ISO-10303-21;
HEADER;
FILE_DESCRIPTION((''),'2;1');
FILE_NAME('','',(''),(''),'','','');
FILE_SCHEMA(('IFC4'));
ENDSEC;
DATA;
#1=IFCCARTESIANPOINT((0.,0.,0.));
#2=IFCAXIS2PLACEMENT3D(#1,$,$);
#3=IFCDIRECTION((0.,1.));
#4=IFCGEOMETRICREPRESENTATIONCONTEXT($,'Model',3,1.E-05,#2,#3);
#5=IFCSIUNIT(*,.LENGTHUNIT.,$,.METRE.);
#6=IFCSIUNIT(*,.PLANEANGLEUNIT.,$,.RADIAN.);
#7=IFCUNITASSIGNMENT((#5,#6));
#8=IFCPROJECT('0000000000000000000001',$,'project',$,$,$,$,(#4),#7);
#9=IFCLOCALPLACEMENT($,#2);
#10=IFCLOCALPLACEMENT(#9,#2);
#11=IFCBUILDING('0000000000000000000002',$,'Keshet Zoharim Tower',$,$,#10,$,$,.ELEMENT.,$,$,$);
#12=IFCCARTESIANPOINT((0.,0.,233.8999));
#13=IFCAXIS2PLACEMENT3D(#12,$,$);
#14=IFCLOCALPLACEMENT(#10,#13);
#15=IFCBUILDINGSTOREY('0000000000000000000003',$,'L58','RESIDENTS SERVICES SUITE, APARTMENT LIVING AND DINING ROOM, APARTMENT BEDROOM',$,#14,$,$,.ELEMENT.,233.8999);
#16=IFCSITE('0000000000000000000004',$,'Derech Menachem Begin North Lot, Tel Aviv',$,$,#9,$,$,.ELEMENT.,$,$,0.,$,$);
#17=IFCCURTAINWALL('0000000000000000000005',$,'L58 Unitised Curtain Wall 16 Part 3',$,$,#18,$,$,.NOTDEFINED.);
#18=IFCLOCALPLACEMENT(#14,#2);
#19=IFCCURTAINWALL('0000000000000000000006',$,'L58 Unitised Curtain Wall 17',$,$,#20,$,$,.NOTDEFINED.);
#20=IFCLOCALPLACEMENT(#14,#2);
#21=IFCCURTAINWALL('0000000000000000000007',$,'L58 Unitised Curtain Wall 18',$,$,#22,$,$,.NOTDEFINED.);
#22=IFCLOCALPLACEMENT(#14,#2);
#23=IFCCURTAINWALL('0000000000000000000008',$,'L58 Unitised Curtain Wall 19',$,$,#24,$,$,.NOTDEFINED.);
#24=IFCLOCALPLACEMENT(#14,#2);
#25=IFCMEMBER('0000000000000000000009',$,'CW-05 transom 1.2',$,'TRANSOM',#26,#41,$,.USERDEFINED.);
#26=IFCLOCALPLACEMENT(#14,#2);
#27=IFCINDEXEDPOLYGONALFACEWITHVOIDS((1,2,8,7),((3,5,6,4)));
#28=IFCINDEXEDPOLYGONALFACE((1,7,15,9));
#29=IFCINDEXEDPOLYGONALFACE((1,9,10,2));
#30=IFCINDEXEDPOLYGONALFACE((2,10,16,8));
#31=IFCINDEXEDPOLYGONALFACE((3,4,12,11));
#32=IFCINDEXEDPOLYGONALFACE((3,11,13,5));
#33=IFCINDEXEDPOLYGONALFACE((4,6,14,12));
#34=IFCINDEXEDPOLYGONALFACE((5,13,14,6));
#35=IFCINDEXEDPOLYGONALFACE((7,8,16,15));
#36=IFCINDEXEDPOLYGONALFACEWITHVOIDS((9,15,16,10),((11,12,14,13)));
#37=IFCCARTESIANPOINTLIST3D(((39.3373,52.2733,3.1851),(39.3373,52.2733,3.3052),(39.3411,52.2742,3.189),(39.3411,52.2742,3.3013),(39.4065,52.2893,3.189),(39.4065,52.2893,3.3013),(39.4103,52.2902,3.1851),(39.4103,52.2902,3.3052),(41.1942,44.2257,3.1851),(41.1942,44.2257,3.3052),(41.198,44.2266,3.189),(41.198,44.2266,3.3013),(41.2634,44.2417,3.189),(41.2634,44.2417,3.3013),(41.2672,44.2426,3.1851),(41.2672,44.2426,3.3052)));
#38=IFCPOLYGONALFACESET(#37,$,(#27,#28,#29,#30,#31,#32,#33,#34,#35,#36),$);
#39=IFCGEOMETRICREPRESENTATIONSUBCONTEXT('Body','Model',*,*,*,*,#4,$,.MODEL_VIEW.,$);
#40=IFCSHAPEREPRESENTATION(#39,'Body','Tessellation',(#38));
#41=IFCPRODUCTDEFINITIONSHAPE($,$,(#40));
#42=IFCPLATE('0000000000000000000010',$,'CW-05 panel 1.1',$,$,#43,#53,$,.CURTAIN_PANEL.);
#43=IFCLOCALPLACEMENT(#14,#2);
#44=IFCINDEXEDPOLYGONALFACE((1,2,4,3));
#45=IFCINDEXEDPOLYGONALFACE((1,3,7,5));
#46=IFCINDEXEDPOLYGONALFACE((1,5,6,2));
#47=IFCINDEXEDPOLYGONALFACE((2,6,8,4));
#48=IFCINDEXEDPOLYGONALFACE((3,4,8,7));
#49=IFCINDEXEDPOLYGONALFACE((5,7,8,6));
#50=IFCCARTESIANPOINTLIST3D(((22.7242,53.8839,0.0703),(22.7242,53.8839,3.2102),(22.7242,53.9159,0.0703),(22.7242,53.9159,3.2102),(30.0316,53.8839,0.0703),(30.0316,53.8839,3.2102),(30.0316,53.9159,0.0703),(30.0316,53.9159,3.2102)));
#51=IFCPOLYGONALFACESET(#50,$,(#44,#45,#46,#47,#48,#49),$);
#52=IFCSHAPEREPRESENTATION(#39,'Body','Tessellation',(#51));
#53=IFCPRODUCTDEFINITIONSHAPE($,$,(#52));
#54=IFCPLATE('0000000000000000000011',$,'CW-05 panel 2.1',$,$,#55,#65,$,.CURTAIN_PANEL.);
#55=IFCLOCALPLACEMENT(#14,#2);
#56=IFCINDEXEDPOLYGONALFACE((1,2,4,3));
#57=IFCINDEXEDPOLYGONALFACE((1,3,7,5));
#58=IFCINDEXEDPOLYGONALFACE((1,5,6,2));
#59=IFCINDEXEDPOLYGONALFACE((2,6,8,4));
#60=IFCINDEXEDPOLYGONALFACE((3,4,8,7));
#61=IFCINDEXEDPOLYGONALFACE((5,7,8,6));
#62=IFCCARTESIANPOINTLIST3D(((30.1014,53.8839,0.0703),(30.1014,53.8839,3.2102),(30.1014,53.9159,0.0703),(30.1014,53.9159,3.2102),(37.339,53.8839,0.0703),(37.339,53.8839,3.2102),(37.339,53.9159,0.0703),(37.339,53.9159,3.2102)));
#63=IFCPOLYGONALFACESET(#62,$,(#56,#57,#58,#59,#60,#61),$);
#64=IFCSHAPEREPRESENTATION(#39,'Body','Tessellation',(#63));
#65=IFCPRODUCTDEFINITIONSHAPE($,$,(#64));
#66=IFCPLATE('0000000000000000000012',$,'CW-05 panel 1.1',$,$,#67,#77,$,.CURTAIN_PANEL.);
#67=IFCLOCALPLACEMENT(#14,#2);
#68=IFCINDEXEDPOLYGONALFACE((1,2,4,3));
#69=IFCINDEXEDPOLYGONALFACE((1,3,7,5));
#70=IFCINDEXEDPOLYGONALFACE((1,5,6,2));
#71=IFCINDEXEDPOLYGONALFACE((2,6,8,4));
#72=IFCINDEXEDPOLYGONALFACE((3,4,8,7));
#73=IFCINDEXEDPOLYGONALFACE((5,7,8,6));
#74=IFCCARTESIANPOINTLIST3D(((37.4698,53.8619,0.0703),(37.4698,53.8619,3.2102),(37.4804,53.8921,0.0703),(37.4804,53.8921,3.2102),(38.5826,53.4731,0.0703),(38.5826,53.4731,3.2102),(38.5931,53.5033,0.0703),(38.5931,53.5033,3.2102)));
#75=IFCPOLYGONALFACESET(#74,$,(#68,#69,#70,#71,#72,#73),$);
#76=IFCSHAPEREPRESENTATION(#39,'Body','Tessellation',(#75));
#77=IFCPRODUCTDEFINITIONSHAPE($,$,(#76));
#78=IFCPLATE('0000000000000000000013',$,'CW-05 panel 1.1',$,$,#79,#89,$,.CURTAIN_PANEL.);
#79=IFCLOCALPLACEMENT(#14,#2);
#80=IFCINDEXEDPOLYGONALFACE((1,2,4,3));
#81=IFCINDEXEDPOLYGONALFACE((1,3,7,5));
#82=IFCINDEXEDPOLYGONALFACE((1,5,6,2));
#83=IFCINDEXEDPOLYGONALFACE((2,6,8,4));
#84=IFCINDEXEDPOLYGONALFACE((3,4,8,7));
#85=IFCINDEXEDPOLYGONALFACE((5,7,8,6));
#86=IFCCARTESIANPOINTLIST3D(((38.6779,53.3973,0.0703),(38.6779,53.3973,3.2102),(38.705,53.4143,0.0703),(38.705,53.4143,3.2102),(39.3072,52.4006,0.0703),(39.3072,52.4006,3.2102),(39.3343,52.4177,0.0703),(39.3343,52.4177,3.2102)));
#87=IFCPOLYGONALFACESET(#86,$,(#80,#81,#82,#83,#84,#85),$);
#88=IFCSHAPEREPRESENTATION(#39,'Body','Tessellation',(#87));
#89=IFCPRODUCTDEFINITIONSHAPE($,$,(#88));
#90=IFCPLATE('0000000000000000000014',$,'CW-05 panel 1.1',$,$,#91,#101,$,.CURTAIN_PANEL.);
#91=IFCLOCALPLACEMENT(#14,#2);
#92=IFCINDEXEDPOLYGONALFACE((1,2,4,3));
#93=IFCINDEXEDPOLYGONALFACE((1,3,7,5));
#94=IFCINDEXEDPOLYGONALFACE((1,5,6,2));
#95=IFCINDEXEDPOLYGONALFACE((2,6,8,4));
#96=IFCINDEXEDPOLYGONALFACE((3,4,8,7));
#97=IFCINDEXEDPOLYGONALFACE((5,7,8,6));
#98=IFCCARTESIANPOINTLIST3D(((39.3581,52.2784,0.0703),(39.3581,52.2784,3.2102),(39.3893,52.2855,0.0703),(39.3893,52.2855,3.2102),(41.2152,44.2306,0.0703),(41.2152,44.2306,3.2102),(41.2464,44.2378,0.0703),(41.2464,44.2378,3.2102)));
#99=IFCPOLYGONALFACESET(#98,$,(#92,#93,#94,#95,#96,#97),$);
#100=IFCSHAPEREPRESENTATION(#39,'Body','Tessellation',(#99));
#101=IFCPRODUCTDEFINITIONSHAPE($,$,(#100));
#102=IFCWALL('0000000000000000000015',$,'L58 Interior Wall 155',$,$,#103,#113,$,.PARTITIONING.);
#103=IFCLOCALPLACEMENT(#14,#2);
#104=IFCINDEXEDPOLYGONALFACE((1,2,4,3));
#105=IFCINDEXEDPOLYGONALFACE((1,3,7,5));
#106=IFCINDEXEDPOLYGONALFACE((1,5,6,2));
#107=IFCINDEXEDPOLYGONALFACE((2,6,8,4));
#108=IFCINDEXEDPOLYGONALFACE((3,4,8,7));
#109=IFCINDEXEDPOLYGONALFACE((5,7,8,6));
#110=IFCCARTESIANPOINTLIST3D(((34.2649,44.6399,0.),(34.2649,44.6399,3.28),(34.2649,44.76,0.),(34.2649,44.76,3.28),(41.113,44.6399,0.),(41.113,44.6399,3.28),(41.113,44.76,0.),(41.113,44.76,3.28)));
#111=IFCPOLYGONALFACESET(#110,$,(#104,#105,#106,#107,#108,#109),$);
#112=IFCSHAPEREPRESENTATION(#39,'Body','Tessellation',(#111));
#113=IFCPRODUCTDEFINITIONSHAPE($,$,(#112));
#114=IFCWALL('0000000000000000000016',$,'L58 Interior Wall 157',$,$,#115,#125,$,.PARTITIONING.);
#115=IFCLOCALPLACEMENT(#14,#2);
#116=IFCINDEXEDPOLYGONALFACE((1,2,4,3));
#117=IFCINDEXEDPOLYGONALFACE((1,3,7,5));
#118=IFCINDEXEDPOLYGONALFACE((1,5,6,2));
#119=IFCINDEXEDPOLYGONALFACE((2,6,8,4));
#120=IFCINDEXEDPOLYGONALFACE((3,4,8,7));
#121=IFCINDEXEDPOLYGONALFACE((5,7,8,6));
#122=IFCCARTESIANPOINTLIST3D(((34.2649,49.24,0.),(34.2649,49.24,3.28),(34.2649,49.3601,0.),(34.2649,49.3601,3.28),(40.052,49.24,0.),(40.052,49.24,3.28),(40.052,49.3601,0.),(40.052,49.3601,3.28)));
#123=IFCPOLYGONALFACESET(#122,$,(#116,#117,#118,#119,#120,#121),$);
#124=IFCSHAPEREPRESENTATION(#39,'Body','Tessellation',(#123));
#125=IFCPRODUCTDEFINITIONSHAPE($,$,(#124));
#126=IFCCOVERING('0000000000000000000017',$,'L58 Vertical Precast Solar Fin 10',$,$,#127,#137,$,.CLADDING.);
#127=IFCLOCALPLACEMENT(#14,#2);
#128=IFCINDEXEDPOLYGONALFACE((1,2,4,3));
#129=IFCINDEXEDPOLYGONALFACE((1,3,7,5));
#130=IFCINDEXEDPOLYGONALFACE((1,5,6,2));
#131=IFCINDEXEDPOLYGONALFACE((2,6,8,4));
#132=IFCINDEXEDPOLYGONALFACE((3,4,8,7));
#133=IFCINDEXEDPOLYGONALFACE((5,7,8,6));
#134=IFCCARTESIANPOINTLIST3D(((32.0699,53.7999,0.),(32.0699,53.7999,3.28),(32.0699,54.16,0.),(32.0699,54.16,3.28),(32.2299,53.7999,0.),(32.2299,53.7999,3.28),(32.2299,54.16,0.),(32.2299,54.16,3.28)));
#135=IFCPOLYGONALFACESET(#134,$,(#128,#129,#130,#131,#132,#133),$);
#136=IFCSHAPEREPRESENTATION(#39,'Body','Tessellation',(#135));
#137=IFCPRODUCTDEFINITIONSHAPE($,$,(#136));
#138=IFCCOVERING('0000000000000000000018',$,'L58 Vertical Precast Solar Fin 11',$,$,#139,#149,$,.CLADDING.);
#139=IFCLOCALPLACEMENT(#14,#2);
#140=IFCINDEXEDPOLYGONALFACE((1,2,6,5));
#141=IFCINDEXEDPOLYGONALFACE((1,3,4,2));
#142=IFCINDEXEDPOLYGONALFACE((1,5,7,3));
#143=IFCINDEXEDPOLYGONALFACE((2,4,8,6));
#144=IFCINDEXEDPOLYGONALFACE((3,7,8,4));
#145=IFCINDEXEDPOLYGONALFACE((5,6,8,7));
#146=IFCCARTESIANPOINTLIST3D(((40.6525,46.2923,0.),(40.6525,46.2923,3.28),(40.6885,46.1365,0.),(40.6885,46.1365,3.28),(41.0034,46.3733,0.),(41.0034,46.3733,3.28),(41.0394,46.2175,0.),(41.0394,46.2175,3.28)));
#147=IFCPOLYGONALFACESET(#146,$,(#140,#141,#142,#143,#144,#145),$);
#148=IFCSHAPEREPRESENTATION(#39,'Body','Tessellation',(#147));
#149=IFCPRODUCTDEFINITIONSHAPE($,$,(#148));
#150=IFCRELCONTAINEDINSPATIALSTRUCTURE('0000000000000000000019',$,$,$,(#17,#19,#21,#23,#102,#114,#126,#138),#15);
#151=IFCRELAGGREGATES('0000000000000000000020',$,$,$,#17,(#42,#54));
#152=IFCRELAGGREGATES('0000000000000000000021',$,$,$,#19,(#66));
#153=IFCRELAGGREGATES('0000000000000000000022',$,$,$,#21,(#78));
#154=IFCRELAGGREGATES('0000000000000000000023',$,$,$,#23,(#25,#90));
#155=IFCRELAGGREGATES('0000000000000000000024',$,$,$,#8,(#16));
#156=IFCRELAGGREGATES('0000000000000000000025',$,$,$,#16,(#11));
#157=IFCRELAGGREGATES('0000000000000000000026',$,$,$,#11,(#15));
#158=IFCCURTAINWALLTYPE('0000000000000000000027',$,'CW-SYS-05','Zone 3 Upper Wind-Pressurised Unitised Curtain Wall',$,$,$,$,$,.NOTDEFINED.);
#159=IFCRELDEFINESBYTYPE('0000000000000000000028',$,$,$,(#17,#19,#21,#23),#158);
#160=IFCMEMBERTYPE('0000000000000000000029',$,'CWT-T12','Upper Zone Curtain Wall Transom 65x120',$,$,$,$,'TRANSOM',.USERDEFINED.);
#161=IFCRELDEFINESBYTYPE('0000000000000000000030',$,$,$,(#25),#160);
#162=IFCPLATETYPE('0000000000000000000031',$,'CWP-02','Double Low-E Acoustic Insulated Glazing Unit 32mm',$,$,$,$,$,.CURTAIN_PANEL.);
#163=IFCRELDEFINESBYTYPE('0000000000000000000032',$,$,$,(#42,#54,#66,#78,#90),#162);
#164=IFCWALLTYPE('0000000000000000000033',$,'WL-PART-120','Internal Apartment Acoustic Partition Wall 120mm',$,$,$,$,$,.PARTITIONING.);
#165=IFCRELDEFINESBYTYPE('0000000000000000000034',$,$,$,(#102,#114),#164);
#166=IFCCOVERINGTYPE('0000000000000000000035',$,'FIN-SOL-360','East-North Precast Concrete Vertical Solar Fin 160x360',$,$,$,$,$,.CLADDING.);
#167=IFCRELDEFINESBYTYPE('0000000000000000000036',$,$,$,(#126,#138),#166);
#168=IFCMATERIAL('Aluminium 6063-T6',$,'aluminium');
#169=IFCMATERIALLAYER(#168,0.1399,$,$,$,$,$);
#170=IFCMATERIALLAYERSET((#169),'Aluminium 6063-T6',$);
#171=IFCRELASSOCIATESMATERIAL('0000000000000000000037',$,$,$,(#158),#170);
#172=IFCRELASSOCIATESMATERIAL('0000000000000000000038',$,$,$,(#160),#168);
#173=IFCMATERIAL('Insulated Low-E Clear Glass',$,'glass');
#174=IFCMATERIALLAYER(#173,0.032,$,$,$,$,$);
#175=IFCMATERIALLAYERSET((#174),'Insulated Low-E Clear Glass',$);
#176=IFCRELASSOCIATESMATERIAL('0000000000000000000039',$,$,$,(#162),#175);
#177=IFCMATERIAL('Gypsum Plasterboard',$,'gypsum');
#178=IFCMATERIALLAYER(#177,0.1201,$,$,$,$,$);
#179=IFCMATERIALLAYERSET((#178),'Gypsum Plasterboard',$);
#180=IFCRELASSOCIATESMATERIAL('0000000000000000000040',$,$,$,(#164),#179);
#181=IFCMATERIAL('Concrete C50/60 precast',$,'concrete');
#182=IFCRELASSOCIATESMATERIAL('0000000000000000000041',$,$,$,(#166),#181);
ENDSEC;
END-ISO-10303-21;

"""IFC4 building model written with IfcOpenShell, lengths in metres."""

from ifc_helpers import new_model, si_unit, direction, frame, frame_2d, origin, origin_2d, place, context, subcontext, project, spatial, rectangle, hollow_rectangle, extrude, material, layer, layer_set, material_profile, profile_set, type_object, element, aggregate, save


model = new_model("IFC4")

# Units and contexts
model_context = context("Model", 3, precision=1e-05, world=origin(), true_north=direction((0.0, 1.0)))
body_context = subcontext(model_context, "Body", "Model", "MODEL_VIEW")
ifc_project = project(units=[si_unit("LENGTHUNIT", "METRE"), si_unit("PLANEANGLEUNIT", "RADIAN")], contexts=[model_context])

# Site, building, storey
site_placement = place(None, origin())
site = spatial("IfcSite", under=ifc_project, at=site_placement, Name="Derech Menachem Begin North Lot, Tel Aviv", CompositionType="ELEMENT", RefElevation=0.0)
building_placement = place(site_placement, origin())
building = spatial("IfcBuilding", under=site, at=building_placement, Name="Keshet Zoharim Tower", CompositionType="ELEMENT")
storey_placement = place(building_placement, frame((0.0, 0.0, 233.8999)))
storey = spatial("IfcBuildingStorey", under=building, at=storey_placement, Name="L58", Description="RESIDENTS SERVICES SUITE, APARTMENT LIVING AND DINING ROOM, APARTMENT BEDROOM", CompositionType="ELEMENT", Elevation=233.8999)

# Curtain walls
ifc_material_1 = material(Name="Aluminium 6063-T6", Category="aluminium")
ifc_layer_1 = layer(ifc_material_1, 0.1399)
ifc_layer_set_1 = layer_set([ifc_layer_1], Name="Aluminium 6063-T6")
curtain_wall_type = type_object("IfcCurtainWallType", Name="CW-SYS-05", Description="Zone 3 Upper Wind-Pressurised Unitised Curtain Wall", PredefinedType="NOTDEFINED", material=ifc_layer_set_1)
curtain_wall_1_placement = place(storey_placement, origin())
curtain_wall_1 = element("IfcCurtainWall", 1, at=curtain_wall_1_placement, inside=storey, type_object=curtain_wall_type, Name="L58 Unitised Curtain Wall 16 Part 3", PredefinedType="NOTDEFINED")
curtain_wall_2_placement = place(storey_placement, origin())
curtain_wall_2 = element("IfcCurtainWall", 2, at=curtain_wall_2_placement, inside=storey, type_object=curtain_wall_type, Name="L58 Unitised Curtain Wall 17", PredefinedType="NOTDEFINED")
curtain_wall_3_placement = place(storey_placement, origin())
curtain_wall_3 = element("IfcCurtainWall", 3, at=curtain_wall_3_placement, inside=storey, type_object=curtain_wall_type, Name="L58 Unitised Curtain Wall 18", PredefinedType="NOTDEFINED")

# Curtain wall
curtain_wall_4_placement = place(storey_placement, origin())
curtain_wall_4 = element("IfcCurtainWall", 4, at=curtain_wall_4_placement, inside=storey, type_object=curtain_wall_type, Name="L58 Unitised Curtain Wall 19", PredefinedType="NOTDEFINED")

# Member
ifc_material_profile_1 = material_profile(ifc_material_1, hollow_rectangle(XDim=0.075, YDim=0.1201, WallThickness=0.0039, at=origin_2d()), Name="TRN-75x120")
ifc_profile_set_1 = profile_set([ifc_material_profile_1], Name="Aluminium 6063-T6")
member_type_1 = type_object("IfcMemberType", Name="CWT-T12", Description="Upper Zone Curtain Wall Transom 65x120", ElementType="TRANSOM", PredefinedType="USERDEFINED", material=ifc_profile_set_1)
member_1_placement = place(storey_placement, frame((39.3738, 52.2817, 3.2451), z_axis=(0.224836, -0.974397, 0.0), x_axis=(0.974397, 0.224836, 0.0)))
member_1 = element("IfcMember", 5, at=member_1_placement, type_object=member_type_1, Name="CW-05 transom 1.2", ObjectType="TRANSOM", PredefinedType="USERDEFINED", context=body_context, shape_type="SweptSolid", body=[
    extrude(hollow_rectangle(XDim=0.075, YDim=0.1201, WallThickness=0.0039, at=origin_2d()), origin(), (0.0, 0.0, 1.0), 8.259),
])

# Plates
ifc_material_2 = material(Name="Insulated Low-E Clear Glass", Category="glass")
ifc_layer_2 = layer(ifc_material_2, 0.032)
ifc_layer_set_2 = layer_set([ifc_layer_2], Name="Insulated Low-E Clear Glass")
plate_type = type_object("IfcPlateType", Name="CWP-02", Description="Double Low-E Acoustic Insulated Glazing Unit 32mm", PredefinedType="CURTAIN_PANEL", material=ifc_layer_set_2)
plate_1_placement = place(storey_placement, frame((26.3779, 53.8999, 0.0703), z_axis=(0.0, 0.0, 1.0), x_axis=(1.0, 0.0, 0.0)))
plate_1 = element("IfcPlate", 6, at=plate_1_placement, type_object=plate_type, Name="CW-05 panel 1.1", PredefinedType="CURTAIN_PANEL", context=body_context, shape_type="SweptSolid", body=[
    extrude(rectangle(XDim=7.3074, YDim=0.032, at=origin_2d()), origin(), (0.0, 0.0, 1.0), 3.1399),
])
plate_2_placement = place(storey_placement, frame((33.7202, 53.8999, 0.0703), z_axis=(0.0, 0.0, 1.0), x_axis=(1.0, 0.0, 0.0)))
plate_2 = element("IfcPlate", 7, at=plate_2_placement, type_object=plate_type, Name="CW-05 panel 2.1", PredefinedType="CURTAIN_PANEL", context=body_context, shape_type="SweptSolid", body=[
    extrude(rectangle(XDim=7.2375, YDim=0.032, at=origin_2d()), origin(), (0.0, 0.0, 1.0), 3.1399),
])
aggregate(curtain_wall_1, [plate_1, plate_2])
plate_3_placement = place(storey_placement, frame((38.0315, 53.6826, 0.0703), z_axis=(0.0, 0.0, 1.0), x_axis=(0.944036, -0.329844, 0.0)))
plate_3 = element("IfcPlate", 8, at=plate_3_placement, type_object=plate_type, Name="CW-05 panel 1.1", PredefinedType="CURTAIN_PANEL", context=body_context, shape_type="SweptSolid", body=[
    extrude(rectangle(XDim=1.1787, YDim=0.032, at=origin_2d()), origin(), (0.0, 0.0, 1.0), 3.1399),
])
aggregate(curtain_wall_2, [plate_3])
plate_4_placement = place(storey_placement, frame((39.0061, 52.9075, 0.0703), z_axis=(0.0, 0.0, 1.0), x_axis=(0.533879, -0.845561, 0.0)))
plate_4 = element("IfcPlate", 9, at=plate_4_placement, type_object=plate_type, Name="CW-05 panel 1.1", PredefinedType="CURTAIN_PANEL", context=body_context, shape_type="SweptSolid", body=[
    extrude(rectangle(XDim=1.1787, YDim=0.032, at=origin_2d()), origin(), (0.0, 0.0, 1.0), 3.1399),
])
aggregate(curtain_wall_3, [plate_4])
plate_5_placement = place(storey_placement, frame((40.3022, 48.2581, 0.0703), z_axis=(0.0, 0.0, 1.0), x_axis=(0.224848, -0.974394, 0.0)))
plate_5 = element("IfcPlate", 10, at=plate_5_placement, type_object=plate_type, Name="CW-05 panel 1.1", PredefinedType="CURTAIN_PANEL", context=body_context, shape_type="SweptSolid", body=[
    extrude(rectangle(XDim=8.2593, YDim=0.032, at=origin_2d()), origin(), (0.0, 0.0, 1.0), 3.1399),
])
aggregate(curtain_wall_4, [member_1, plate_5])

# Walls
ifc_material_3 = material(Name="Gypsum Plasterboard", Category="gypsum")
ifc_layer_3 = layer(ifc_material_3, 0.1201)
ifc_layer_set_3 = layer_set([ifc_layer_3], Name="Gypsum Plasterboard")
wall_type = type_object("IfcWallType", Name="WL-PART-120", Description="Internal Apartment Acoustic Partition Wall 120mm", PredefinedType="PARTITIONING", material=ifc_layer_set_3)
wall_1_placement = place(storey_placement, frame((34.2649, 44.7, 0.0), z_axis=(0.0, 0.0, 1.0), x_axis=(1.0, 0.0, 0.0)))
element("IfcWall", 11, at=wall_1_placement, inside=storey, type_object=wall_type, Name="L58 Interior Wall 155", PredefinedType="PARTITIONING", context=body_context, shape_type="SweptSolid", body=[
    extrude(rectangle(XDim=6.8481, YDim=0.1201, at=frame_2d((3.4241, 0.0))), origin(), (0.0, 0.0, 1.0), 3.28),
])
wall_2_placement = place(storey_placement, frame((34.2649, 49.3, 0.0), z_axis=(0.0, 0.0, 1.0), x_axis=(1.0, 0.0, 0.0)))
element("IfcWall", 12, at=wall_2_placement, inside=storey, type_object=wall_type, Name="L58 Interior Wall 157", PredefinedType="PARTITIONING", context=body_context, shape_type="SweptSolid", body=[
    extrude(rectangle(XDim=5.7871, YDim=0.1201, at=frame_2d((2.8936, 0.0))), origin(), (0.0, 0.0, 1.0), 3.28),
])

# Coverings
ifc_material_4 = material(Name="Concrete C50/60 precast", Category="concrete")
covering_type = type_object("IfcCoveringType", Name="FIN-SOL-360", Description="East-North Precast Concrete Vertical Solar Fin 160x360", PredefinedType="CLADDING", material=ifc_material_4)
for number, where, z_axis, x_axis, name in (
    (13, (32.1499, 53.98, 0.0), (0.0, 0.0, 1.0), (1.0, 0.0, 0.0), "L58 Vertical Precast Solar Fin 10"),
    (14, (40.8459, 46.2549, 0.0), (0.0, 0.0, 1.0), (0.224848, -0.974394, 0.0), "L58 Vertical Precast Solar Fin 11"),
):
    element("IfcCovering", number, at=place(storey_placement, frame(where, z_axis=z_axis, x_axis=x_axis)), inside=storey, type_object=covering_type, Name=name, PredefinedType="CLADDING", context=body_context, shape_type="SweptSolid", body=[
        extrude(rectangle(XDim=0.1599, YDim=0.3601, at=origin_2d()), origin(), (0.0, 0.0, 1.0), 3.28),
    ])

save(model, "model.ifc")
